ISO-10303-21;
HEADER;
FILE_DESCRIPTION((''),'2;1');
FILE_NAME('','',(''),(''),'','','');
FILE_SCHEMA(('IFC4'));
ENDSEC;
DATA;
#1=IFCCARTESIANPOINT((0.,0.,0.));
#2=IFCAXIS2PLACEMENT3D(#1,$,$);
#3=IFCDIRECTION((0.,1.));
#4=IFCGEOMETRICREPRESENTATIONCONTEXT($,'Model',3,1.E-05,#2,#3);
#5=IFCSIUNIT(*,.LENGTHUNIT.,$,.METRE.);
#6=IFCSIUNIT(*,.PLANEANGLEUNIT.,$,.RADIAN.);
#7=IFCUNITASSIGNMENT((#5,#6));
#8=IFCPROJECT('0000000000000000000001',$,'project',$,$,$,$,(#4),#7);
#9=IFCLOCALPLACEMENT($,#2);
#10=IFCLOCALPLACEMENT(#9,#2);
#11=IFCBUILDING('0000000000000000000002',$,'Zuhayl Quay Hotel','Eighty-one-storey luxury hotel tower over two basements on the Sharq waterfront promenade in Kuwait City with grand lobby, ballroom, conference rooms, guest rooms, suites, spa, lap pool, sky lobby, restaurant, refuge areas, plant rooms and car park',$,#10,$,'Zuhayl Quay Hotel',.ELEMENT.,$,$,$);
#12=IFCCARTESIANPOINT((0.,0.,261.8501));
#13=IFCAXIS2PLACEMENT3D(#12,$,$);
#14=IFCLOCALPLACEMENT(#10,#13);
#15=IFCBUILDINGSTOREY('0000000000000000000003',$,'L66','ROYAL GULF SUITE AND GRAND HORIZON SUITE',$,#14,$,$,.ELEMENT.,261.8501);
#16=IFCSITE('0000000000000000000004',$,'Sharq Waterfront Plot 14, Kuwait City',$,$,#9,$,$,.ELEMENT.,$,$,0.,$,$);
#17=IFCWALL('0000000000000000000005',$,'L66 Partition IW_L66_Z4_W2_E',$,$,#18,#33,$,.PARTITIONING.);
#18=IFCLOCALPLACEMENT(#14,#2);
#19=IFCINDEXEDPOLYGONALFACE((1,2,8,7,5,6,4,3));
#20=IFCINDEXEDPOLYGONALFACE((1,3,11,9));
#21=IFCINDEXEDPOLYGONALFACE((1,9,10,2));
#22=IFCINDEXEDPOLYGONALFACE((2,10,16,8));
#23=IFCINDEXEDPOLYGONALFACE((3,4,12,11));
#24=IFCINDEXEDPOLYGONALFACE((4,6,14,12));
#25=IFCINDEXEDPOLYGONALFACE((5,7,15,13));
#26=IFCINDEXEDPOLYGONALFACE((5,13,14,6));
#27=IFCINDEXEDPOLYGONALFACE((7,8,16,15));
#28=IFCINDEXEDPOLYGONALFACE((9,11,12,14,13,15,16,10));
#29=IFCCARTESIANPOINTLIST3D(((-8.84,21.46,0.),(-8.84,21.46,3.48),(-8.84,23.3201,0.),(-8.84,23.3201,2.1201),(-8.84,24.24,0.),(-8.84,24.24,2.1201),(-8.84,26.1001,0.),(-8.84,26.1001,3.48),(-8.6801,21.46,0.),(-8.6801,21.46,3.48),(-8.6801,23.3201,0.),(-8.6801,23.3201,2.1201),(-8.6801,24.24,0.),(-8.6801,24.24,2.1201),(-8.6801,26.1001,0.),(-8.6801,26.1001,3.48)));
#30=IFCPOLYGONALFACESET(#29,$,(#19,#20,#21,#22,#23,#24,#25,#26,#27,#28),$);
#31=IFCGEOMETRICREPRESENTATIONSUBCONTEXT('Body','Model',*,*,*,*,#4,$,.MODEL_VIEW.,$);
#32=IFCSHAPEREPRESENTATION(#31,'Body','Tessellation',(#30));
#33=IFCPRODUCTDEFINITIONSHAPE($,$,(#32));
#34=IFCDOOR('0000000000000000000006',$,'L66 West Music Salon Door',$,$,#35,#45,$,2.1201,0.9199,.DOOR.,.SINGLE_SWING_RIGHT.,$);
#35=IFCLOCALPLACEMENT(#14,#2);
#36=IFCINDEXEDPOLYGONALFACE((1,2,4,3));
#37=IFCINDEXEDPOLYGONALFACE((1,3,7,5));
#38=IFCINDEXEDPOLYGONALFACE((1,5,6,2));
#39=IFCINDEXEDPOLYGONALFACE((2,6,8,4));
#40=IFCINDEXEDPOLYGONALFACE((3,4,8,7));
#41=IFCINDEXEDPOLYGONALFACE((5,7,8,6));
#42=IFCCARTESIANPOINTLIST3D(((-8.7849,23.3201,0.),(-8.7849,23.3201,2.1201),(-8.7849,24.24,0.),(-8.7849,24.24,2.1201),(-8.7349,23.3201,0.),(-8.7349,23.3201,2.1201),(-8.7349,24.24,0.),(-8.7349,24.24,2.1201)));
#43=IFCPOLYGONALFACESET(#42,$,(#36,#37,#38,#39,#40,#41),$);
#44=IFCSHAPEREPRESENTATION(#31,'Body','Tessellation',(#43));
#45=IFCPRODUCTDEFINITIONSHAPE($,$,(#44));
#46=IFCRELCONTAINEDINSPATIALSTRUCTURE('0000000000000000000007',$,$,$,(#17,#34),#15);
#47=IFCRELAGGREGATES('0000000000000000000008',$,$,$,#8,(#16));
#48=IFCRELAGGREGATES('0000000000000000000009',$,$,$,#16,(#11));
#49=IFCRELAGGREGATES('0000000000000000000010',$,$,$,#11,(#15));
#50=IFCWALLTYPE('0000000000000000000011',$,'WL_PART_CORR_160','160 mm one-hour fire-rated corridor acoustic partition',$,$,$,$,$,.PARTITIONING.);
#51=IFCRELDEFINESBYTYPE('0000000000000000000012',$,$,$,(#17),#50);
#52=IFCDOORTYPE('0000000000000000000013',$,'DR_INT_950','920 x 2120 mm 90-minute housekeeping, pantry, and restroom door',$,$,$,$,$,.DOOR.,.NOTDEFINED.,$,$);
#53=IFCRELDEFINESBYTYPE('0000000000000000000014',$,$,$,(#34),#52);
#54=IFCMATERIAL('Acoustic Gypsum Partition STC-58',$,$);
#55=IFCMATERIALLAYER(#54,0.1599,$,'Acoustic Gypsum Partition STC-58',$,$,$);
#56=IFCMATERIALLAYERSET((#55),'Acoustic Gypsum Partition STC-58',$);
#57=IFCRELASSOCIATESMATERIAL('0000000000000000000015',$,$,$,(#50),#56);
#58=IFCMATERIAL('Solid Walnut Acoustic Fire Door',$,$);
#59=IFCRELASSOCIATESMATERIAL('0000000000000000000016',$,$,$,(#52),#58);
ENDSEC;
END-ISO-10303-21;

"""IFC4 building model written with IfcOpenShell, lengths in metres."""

from ifc_helpers import new_model, si_unit, direction, frame, frame_2d, origin, place, context, subcontext, project, spatial, rectangle, extrude, material, layer, layer_set, type_object, element, fill, save


model = new_model("IFC4")

# Units and contexts
model_context = context("Model", 3, precision=1e-05, world=origin(), true_north=direction((0.0, 1.0)))
body_context = subcontext(model_context, "Body", "Model", "MODEL_VIEW")
ifc_project = project(units=[si_unit("LENGTHUNIT", "METRE"), si_unit("PLANEANGLEUNIT", "RADIAN")], contexts=[model_context])

# Site, building, storey
site_placement = place(None, origin())
site = spatial("IfcSite", under=ifc_project, at=site_placement, Name="Sharq Waterfront Plot 14, Kuwait City", CompositionType="ELEMENT", RefElevation=0.0)
building_placement = place(site_placement, origin())
building = spatial("IfcBuilding", under=site, at=building_placement, Name="Zuhayl Quay Hotel", Description="Eighty-one-storey luxury hotel tower over two basements on the Sharq waterfront promenade in Kuwait City with grand lobby, ballroom, conference rooms, guest rooms, suites, spa, lap pool, sky lobby, restaurant, refuge areas, plant rooms and car park", LongName="Zuhayl Quay Hotel", CompositionType="ELEMENT")
storey_placement = place(building_placement, frame((0.0, 0.0, 261.8501)))
storey = spatial("IfcBuildingStorey", under=building, at=storey_placement, Name="L66", Description="ROYAL GULF SUITE AND GRAND HORIZON SUITE", CompositionType="ELEMENT", Elevation=261.8501)

# Shared definitions
ifc_material_1 = material(Name="Acoustic Gypsum Partition STC-58")

# Wall, opening, door
ifc_layer_1 = layer(ifc_material_1, 0.1599, Name="Acoustic Gypsum Partition STC-58")
ifc_layer_set_1 = layer_set([ifc_layer_1], Name="Acoustic Gypsum Partition STC-58")
wall_type_1 = type_object("IfcWallType", Name="WL_PART_CORR_160", Description="160 mm one-hour fire-rated corridor acoustic partition", PredefinedType="PARTITIONING", material=ifc_layer_set_1)
ifc_material_2 = material(Name="Solid Walnut Acoustic Fire Door")
door_type_1 = type_object("IfcDoorType", Name="DR_INT_950", Description="920 x 2120 mm 90-minute housekeeping, pantry, and restroom door", OperationType="NOTDEFINED", PredefinedType="DOOR", material=ifc_material_2)
wall_1_placement = place(storey_placement, frame((-8.76, 21.46, 0.0), z_axis=(0.0, 0.0, 1.0), x_axis=(0.0, 1.0, 0.0)))
wall_1 = element("IfcWall", 1, at=wall_1_placement, inside=storey, type_object=wall_type_1, Name="L66 Partition IW_L66_Z4_W2_E", PredefinedType="PARTITIONING", context=body_context, shape_type="SweptSolid", body=[
    extrude(rectangle(XDim=4.6401, YDim=0.1599, at=frame_2d((2.3201, 0.0))), origin(), (0.0, 0.0, 1.0), 3.48),
])
opening_1_placement = place(wall_1_placement, frame((1.8601, 0.0, 0.0)))
opening_1 = element("IfcOpeningElement", 2, at=opening_1_placement, cuts=wall_1, PredefinedType="OPENING", context=body_context, shape_type="SweptSolid", body=[
    extrude(rectangle(XDim=0.9199, YDim=2.1201, at=frame_2d((0.46, 1.0601))), frame((0.0, 0.0898, 0.0), z_axis=(0.0, -1.0, 0.0), x_axis=(1.0, 0.0, 0.0)), (0.0, 0.0, 1.0), 0.1799),
])
door_1_placement = place(opening_1_placement, origin())
door_1 = element("IfcDoor", 3, at=door_1_placement, inside=storey, type_object=door_type_1, Name="L66 West Music Salon Door", OperationType="SINGLE_SWING_RIGHT", OverallHeight=2.1201, OverallWidth=0.9199, PredefinedType="DOOR", context=body_context, shape_type="SweptSolid", body=[
    extrude(rectangle(XDim=0.9199, YDim=2.1201, at=frame_2d((0.46, 1.0601))), frame((0.0, 0.0249, 0.0), z_axis=(0.0, -1.0, 0.0), x_axis=(1.0, 0.0, 0.0)), (0.0, 0.0, 1.0), 0.05),
])
fill(opening_1, door_1)

save(model, "model.ifc")
